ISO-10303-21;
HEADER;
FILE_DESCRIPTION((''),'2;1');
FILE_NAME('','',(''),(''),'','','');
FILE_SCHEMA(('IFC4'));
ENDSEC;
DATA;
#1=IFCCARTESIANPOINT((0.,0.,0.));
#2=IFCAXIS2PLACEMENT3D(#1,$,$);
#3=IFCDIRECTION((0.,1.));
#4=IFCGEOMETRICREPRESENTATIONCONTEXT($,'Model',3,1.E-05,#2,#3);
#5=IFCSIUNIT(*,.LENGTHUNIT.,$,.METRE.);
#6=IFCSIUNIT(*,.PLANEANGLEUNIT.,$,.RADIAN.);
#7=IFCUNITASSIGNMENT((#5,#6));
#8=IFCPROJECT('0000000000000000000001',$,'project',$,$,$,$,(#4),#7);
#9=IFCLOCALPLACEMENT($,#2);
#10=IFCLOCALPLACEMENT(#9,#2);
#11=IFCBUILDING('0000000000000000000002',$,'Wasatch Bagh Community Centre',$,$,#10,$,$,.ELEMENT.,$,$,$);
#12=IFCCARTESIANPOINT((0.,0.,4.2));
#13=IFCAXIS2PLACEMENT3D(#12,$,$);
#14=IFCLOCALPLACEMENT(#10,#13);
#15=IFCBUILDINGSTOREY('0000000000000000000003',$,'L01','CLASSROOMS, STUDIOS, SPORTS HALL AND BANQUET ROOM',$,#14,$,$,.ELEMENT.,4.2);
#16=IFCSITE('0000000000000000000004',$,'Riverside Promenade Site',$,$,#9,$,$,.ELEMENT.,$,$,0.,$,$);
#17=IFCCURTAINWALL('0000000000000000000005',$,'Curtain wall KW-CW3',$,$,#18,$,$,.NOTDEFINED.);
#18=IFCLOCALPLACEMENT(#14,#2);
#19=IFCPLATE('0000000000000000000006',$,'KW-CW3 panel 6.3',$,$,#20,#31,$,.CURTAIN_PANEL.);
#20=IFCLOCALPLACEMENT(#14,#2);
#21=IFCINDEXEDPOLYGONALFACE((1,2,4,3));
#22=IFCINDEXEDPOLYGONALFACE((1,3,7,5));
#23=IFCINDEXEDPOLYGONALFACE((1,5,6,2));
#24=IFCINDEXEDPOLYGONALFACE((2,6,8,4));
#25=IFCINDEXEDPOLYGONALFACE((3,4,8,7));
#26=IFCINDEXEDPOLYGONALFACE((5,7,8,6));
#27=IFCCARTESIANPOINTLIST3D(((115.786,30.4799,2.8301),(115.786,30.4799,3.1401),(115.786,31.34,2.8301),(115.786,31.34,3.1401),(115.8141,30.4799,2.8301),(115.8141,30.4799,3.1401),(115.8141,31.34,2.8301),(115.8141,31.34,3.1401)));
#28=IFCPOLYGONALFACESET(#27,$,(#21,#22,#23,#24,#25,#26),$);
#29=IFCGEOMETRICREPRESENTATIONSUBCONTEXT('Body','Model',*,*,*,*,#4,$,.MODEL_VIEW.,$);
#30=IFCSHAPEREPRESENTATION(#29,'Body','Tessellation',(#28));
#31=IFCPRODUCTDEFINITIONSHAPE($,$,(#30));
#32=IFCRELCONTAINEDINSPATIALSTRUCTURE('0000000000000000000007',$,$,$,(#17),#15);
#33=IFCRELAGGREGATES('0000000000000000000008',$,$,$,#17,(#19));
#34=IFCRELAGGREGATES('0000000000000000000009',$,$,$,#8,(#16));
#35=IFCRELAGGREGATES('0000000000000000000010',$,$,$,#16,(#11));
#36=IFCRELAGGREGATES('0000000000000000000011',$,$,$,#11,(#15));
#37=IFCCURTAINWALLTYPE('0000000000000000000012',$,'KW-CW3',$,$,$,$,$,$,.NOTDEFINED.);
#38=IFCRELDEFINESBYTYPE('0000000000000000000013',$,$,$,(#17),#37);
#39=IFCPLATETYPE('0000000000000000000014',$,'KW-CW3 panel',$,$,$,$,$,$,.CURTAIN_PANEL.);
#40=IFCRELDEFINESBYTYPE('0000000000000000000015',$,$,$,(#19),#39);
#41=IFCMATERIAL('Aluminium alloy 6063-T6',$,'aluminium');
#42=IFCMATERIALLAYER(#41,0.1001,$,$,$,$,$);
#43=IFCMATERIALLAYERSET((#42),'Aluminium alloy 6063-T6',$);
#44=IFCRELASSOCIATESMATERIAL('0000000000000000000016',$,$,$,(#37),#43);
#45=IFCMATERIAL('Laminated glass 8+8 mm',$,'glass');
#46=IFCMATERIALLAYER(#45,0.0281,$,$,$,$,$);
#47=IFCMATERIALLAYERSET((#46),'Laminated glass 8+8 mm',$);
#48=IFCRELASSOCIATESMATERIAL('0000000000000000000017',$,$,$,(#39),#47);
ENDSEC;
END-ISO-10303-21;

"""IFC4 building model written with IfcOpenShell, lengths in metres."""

from ifc_helpers import new_model, si_unit, direction, frame, origin, origin_2d, place, context, subcontext, project, spatial, rectangle, extrude, material, layer, layer_set, type_object, element, aggregate, save


model = new_model("IFC4")

# Units and contexts
model_context = context("Model", 3, precision=1e-05, world=origin(), true_north=direction((0.0, 1.0)))
body_context = subcontext(model_context, "Body", "Model", "MODEL_VIEW")
ifc_project = project(units=[si_unit("LENGTHUNIT", "METRE"), si_unit("PLANEANGLEUNIT", "RADIAN")], contexts=[model_context])

# Site, building, storey
site_placement = place(None, origin())
site = spatial("IfcSite", under=ifc_project, at=site_placement, Name="Riverside Promenade Site", CompositionType="ELEMENT", RefElevation=0.0)
building_placement = place(site_placement, origin())
building = spatial("IfcBuilding", under=site, at=building_placement, Name="Wasatch Bagh Community Centre", CompositionType="ELEMENT")
storey_placement = place(building_placement, frame((0.0, 0.0, 4.2)))
storey = spatial("IfcBuildingStorey", under=building, at=storey_placement, Name="L01", Description="CLASSROOMS, STUDIOS, SPORTS HALL AND BANQUET ROOM", CompositionType="ELEMENT", Elevation=4.2)

# Curtain wall, plate
ifc_material_1 = material(Name="Aluminium alloy 6063-T6", Category="aluminium")
ifc_layer_1 = layer(ifc_material_1, 0.1001)
ifc_layer_set_1 = layer_set([ifc_layer_1], Name="Aluminium alloy 6063-T6")
curtain_wall_type = type_object("IfcCurtainWallType", Name="KW-CW3", PredefinedType="NOTDEFINED", material=ifc_layer_set_1)
curtain_wall_placement = place(storey_placement, origin())
curtain_wall = element("IfcCurtainWall", 1, at=curtain_wall_placement, inside=storey, type_object=curtain_wall_type, Name="Curtain wall KW-CW3", PredefinedType="NOTDEFINED")
ifc_material_2 = material(Name="Laminated glass 8+8 mm", Category="glass")
ifc_layer_2 = layer(ifc_material_2, 0.0281)
ifc_layer_set_2 = layer_set([ifc_layer_2], Name="Laminated glass 8+8 mm")
plate_type = type_object("IfcPlateType", Name="KW-CW3 panel", PredefinedType="CURTAIN_PANEL", material=ifc_layer_set_2)
plate_1_placement = place(storey_placement, frame((115.8, 30.9099, 2.8301), z_axis=(0.0, 0.0, 1.0), x_axis=(0.0, 1.0, 0.0)))
plate_1 = element("IfcPlate", 2, at=plate_1_placement, type_object=plate_type, Name="KW-CW3 panel 6.3", PredefinedType="CURTAIN_PANEL", context=body_context, shape_type="SweptSolid", body=[
    extrude(rectangle(XDim=0.8601, YDim=0.0281, at=origin_2d()), origin(), (0.0, 0.0, 1.0), 0.3101),
])
aggregate(curtain_wall, [plate_1])

save(model, "model.ifc")
